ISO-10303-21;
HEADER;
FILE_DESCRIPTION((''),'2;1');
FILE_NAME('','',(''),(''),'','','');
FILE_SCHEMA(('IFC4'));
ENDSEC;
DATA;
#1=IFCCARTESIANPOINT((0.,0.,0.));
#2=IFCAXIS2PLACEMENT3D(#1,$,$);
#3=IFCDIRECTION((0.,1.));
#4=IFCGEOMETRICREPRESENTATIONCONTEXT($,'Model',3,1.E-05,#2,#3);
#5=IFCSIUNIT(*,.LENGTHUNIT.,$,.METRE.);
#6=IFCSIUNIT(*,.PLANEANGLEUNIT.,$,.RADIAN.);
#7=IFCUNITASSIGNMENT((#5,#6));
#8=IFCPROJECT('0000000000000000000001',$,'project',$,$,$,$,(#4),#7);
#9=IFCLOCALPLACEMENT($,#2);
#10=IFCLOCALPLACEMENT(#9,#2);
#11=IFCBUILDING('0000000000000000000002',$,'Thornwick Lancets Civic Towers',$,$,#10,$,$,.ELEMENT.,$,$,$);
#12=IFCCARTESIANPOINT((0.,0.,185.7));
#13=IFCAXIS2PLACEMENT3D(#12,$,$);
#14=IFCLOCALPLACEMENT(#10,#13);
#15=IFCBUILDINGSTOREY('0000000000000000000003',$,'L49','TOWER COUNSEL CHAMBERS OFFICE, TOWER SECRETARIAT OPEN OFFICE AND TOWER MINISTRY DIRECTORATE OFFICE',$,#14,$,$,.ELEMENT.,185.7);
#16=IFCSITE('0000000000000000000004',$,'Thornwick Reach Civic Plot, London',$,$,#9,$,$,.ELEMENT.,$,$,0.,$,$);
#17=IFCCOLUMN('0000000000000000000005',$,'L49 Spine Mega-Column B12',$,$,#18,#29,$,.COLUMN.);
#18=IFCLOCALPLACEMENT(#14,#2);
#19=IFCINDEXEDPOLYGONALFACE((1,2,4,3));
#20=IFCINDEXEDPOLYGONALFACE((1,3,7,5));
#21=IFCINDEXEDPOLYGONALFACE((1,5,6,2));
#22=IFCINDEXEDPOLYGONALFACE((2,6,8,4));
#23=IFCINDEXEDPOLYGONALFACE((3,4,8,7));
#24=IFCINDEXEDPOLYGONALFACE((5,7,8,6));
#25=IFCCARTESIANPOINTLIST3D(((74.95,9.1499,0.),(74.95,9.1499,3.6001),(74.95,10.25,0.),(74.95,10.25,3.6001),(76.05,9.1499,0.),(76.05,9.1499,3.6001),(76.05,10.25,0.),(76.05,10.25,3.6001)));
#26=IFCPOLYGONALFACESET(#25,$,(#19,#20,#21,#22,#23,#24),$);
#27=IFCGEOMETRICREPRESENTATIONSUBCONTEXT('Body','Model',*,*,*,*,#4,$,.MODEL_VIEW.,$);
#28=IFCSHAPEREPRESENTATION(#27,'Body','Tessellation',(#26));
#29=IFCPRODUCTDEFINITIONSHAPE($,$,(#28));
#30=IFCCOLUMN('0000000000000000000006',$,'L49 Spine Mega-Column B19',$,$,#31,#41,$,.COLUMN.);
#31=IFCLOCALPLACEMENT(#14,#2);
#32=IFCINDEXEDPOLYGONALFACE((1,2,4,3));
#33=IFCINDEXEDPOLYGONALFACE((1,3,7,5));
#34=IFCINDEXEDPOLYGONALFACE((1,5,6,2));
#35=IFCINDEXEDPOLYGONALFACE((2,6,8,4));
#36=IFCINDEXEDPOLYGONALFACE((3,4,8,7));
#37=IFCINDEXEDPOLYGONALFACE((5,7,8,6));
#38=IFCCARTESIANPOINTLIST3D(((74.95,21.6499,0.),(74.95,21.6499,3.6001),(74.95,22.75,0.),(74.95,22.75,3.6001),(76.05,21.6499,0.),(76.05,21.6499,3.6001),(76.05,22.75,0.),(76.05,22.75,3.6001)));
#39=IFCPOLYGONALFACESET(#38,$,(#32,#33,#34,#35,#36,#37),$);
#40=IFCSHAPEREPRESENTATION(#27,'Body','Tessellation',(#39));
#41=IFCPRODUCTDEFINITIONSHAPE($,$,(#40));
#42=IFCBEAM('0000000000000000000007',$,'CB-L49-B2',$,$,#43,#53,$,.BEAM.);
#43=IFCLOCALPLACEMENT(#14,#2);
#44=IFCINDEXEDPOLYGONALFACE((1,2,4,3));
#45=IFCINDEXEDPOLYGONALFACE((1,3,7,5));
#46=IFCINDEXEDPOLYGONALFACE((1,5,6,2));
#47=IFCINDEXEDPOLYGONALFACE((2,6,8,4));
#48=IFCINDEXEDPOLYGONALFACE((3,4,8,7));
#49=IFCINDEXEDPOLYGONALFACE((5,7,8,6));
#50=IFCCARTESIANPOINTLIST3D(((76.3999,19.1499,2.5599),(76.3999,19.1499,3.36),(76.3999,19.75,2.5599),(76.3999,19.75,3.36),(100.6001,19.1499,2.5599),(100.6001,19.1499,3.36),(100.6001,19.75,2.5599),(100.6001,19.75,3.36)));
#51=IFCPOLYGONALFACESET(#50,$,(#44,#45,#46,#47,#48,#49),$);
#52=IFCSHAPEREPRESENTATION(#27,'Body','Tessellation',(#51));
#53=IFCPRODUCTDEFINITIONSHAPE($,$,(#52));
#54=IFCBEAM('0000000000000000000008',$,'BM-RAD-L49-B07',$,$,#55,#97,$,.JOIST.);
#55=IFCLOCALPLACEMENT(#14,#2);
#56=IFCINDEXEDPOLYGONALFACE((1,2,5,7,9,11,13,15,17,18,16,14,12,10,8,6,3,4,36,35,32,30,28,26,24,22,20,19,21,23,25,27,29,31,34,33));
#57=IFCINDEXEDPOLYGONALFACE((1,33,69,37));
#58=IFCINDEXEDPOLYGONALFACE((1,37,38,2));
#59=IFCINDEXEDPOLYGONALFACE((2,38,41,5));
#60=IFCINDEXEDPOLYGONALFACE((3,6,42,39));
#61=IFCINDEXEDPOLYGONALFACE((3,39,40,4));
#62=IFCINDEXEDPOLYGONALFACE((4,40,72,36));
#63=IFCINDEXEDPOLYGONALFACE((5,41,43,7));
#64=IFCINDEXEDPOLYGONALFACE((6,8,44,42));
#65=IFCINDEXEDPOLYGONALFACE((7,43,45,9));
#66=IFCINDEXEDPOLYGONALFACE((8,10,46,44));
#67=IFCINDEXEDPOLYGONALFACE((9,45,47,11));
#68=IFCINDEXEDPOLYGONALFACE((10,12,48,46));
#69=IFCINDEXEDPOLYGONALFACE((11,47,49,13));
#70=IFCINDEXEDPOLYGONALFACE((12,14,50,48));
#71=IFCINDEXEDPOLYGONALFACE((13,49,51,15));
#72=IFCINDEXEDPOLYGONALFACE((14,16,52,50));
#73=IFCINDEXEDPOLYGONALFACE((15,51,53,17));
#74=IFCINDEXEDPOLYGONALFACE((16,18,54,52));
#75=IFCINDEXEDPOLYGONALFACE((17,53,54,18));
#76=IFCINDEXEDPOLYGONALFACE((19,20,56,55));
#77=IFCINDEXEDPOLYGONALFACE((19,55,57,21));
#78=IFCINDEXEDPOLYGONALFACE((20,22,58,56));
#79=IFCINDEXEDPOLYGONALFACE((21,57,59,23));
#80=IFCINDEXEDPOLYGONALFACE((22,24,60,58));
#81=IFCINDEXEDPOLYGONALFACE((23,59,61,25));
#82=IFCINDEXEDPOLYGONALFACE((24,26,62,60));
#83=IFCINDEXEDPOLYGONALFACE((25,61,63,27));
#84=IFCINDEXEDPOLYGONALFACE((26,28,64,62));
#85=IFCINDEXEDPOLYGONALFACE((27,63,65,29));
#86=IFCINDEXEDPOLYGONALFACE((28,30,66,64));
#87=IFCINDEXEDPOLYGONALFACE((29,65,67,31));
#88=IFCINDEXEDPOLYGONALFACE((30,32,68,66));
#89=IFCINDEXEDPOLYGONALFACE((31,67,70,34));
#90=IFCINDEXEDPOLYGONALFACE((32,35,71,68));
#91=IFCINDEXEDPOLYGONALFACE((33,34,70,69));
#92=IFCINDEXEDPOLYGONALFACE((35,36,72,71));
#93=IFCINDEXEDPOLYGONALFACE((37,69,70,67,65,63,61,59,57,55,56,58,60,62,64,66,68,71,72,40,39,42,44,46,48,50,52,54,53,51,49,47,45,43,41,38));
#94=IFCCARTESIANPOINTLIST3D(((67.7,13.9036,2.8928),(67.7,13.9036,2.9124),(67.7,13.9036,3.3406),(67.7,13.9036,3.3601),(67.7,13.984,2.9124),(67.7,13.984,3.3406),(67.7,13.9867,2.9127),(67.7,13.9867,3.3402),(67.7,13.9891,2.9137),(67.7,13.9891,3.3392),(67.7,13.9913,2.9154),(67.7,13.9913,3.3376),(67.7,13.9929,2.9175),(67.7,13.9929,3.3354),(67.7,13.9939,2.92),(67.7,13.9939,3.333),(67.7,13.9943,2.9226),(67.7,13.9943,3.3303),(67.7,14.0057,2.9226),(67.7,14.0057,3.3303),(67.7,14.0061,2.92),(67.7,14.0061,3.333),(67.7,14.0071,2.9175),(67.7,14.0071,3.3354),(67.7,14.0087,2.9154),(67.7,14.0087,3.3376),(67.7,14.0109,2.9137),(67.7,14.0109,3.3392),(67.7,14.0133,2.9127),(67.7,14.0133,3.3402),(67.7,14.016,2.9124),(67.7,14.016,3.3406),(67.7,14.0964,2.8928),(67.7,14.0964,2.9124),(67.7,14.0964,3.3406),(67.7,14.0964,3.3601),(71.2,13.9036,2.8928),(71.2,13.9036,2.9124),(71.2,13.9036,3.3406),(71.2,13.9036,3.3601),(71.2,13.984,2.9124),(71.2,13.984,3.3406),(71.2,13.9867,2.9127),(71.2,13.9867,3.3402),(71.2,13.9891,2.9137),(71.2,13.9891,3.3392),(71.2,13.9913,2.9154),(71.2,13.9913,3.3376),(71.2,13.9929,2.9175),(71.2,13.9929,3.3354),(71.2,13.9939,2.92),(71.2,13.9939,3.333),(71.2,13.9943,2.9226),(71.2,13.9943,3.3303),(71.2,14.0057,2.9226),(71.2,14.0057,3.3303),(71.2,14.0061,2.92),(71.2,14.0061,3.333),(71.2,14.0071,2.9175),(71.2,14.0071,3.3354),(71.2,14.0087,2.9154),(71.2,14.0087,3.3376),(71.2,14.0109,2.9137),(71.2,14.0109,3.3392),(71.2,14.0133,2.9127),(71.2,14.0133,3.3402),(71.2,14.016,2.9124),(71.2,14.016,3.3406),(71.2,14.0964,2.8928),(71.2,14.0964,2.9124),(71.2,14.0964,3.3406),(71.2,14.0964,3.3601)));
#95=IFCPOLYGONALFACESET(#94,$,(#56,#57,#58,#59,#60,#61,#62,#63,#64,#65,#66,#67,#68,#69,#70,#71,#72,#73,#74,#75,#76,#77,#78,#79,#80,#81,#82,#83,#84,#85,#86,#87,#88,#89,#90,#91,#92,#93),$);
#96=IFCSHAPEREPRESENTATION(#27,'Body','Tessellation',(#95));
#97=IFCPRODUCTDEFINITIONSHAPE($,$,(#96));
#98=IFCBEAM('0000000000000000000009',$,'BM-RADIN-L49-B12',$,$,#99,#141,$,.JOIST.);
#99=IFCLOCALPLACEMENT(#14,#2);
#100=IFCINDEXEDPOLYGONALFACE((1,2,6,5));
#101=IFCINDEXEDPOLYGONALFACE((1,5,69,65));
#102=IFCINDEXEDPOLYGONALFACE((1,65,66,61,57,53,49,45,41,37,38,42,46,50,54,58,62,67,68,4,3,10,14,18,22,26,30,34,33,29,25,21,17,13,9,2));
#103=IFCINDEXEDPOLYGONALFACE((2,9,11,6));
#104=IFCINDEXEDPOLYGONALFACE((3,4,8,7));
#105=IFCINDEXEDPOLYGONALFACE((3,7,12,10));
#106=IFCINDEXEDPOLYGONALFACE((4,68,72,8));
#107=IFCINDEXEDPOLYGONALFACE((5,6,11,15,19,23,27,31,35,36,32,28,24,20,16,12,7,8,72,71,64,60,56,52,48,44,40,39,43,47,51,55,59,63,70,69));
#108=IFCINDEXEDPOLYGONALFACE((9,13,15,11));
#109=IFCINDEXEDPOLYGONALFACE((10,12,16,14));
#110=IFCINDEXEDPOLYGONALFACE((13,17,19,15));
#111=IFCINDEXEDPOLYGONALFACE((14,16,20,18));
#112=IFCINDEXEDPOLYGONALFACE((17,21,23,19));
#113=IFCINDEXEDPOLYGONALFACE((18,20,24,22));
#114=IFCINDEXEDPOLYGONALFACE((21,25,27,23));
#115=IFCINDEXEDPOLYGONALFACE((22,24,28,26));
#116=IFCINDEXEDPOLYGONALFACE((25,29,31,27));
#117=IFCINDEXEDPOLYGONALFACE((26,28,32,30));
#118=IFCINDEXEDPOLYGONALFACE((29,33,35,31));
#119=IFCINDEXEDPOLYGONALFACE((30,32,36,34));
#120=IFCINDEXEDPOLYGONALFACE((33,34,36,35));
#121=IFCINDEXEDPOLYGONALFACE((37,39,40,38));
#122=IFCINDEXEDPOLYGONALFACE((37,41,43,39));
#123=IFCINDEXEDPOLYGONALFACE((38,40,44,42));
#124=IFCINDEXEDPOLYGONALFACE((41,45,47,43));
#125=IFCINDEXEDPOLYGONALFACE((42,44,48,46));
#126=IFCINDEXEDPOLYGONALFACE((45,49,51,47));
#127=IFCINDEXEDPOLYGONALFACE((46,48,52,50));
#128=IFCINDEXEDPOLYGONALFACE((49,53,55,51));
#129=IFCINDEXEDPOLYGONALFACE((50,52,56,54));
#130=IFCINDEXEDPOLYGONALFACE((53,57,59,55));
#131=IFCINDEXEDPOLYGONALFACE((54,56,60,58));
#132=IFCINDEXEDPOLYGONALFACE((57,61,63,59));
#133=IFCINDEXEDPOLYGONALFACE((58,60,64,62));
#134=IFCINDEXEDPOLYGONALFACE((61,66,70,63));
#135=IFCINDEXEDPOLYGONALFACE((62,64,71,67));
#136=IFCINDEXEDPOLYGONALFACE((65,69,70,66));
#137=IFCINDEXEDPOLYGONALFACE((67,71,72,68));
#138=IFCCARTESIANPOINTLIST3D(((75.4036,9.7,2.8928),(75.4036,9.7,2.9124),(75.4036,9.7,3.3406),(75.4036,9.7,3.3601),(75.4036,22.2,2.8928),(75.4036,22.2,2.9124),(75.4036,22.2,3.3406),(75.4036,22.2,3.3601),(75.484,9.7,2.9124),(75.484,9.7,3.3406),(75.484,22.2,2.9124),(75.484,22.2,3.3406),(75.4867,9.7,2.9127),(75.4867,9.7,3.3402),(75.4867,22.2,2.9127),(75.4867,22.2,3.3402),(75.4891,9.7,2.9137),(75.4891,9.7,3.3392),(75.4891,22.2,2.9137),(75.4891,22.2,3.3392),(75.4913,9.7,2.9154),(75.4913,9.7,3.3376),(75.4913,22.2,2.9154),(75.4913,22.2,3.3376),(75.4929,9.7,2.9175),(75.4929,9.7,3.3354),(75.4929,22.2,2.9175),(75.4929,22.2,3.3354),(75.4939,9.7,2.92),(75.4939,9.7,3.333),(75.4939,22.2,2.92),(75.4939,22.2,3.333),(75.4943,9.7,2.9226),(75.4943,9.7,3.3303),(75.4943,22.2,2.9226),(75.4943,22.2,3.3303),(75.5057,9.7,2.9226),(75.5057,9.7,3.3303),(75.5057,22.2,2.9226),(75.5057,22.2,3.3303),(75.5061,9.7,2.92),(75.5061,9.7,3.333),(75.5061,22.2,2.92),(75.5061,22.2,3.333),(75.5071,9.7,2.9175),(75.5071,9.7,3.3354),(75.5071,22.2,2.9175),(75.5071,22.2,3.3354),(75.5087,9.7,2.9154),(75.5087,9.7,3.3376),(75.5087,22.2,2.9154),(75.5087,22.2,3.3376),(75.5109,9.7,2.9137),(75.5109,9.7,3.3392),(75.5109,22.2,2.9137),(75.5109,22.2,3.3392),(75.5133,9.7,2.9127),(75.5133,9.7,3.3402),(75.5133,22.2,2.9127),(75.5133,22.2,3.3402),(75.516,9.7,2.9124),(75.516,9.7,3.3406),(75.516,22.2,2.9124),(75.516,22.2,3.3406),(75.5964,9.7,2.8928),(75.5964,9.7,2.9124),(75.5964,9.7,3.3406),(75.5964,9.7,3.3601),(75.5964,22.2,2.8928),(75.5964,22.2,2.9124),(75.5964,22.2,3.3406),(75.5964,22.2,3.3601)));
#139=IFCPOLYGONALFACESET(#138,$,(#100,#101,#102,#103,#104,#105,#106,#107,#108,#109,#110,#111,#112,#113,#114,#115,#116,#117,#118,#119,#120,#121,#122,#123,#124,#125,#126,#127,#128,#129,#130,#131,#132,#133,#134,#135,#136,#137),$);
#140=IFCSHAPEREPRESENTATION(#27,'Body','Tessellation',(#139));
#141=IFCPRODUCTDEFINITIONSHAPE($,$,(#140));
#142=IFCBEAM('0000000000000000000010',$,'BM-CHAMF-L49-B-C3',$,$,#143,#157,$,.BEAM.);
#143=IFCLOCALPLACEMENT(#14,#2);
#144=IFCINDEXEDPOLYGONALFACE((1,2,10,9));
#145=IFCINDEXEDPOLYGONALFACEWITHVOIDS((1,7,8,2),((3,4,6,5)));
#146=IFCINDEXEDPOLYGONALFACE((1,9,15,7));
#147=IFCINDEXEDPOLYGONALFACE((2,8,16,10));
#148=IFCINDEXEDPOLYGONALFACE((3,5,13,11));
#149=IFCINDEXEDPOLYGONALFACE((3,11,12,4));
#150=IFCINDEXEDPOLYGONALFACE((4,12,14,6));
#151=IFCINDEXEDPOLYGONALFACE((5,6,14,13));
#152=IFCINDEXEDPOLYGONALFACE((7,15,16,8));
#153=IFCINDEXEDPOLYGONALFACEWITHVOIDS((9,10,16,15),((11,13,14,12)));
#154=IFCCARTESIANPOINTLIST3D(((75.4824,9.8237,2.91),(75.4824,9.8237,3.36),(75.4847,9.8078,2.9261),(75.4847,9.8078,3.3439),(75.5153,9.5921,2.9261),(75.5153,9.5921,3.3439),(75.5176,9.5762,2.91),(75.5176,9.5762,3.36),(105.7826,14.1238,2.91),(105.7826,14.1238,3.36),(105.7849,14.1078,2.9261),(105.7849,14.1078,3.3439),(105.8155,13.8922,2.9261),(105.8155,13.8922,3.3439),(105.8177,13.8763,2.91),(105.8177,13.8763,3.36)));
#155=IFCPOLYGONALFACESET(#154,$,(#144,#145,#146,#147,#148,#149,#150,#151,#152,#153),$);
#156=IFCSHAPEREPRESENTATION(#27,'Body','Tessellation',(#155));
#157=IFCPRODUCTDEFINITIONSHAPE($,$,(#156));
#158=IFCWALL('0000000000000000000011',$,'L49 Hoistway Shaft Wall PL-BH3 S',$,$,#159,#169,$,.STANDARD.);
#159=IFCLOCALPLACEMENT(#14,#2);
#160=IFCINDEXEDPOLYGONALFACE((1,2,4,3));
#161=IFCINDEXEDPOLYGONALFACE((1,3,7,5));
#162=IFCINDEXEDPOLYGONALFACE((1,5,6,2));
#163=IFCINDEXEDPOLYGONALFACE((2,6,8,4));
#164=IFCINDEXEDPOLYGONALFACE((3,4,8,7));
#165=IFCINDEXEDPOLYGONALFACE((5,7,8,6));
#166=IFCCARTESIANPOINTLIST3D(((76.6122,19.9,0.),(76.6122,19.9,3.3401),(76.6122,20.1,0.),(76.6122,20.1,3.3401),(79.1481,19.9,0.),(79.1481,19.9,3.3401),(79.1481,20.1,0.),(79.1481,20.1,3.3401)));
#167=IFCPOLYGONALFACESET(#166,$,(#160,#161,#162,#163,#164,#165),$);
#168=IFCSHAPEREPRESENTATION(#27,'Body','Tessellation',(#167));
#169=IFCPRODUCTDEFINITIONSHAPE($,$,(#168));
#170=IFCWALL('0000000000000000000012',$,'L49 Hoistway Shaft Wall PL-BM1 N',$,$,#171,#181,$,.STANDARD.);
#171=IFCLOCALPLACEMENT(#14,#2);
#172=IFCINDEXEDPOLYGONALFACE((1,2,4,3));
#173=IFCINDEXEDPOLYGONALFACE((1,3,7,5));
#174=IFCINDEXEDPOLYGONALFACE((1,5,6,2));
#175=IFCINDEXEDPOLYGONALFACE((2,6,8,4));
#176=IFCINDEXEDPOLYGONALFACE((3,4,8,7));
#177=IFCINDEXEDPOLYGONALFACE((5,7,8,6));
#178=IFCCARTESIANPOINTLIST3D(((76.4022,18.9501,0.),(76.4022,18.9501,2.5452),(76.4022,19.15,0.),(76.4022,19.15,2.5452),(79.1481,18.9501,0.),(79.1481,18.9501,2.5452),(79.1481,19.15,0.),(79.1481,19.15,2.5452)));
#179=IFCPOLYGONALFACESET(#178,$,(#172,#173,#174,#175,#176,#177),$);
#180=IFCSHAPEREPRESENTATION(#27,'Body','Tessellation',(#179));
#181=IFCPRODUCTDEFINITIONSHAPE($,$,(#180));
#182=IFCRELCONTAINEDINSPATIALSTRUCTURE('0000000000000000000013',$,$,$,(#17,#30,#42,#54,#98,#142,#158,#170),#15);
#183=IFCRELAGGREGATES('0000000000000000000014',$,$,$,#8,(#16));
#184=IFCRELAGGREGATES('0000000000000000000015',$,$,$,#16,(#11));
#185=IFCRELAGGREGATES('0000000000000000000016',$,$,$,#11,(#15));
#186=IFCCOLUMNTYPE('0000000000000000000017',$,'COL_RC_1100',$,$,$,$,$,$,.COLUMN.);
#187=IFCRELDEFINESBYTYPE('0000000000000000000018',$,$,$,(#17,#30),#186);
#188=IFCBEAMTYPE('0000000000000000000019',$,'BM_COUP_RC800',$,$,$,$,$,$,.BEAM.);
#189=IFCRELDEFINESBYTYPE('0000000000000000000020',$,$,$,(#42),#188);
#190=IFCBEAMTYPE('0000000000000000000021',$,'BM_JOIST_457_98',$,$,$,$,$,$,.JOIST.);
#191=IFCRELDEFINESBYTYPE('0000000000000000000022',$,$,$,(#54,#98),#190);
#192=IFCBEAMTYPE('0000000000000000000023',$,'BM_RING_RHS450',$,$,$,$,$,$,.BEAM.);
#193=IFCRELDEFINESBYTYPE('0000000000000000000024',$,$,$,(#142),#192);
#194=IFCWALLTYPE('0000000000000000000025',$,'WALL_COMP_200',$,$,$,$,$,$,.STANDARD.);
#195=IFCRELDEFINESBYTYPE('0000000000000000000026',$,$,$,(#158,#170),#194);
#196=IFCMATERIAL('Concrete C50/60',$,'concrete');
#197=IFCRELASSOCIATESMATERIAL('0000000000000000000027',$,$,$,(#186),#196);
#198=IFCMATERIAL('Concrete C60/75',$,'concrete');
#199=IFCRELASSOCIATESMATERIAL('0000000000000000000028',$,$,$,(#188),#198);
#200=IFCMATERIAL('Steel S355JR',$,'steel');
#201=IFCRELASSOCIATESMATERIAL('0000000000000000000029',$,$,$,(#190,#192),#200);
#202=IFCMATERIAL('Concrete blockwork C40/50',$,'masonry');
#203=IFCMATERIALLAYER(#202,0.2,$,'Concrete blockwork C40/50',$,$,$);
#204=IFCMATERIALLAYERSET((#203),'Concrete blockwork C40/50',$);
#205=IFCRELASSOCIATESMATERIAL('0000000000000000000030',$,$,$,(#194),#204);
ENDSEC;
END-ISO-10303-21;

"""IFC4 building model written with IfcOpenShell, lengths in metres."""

from ifc_helpers import new_model, si_unit, direction, frame, frame_2d, origin, origin_2d, place, context, subcontext, project, spatial, rectangle, hollow_rectangle, i_section, extrude, material, layer, layer_set, material_profile, profile_set, type_object, element, save


model = new_model("IFC4")

# Units and contexts
model_context = context("Model", 3, precision=1e-05, world=origin(), true_north=direction((0.0, 1.0)))
body_context = subcontext(model_context, "Body", "Model", "MODEL_VIEW")
ifc_project = project(units=[si_unit("LENGTHUNIT", "METRE"), si_unit("PLANEANGLEUNIT", "RADIAN")], contexts=[model_context])

# Site, building, storey
site_placement = place(None, origin())
site = spatial("IfcSite", under=ifc_project, at=site_placement, Name="Thornwick Reach Civic Plot, London", CompositionType="ELEMENT", RefElevation=0.0)
building_placement = place(site_placement, origin())
building = spatial("IfcBuilding", under=site, at=building_placement, Name="Thornwick Lancets Civic Towers", CompositionType="ELEMENT")
storey_placement = place(building_placement, frame((0.0, 0.0, 185.7)))
storey = spatial("IfcBuildingStorey", under=building, at=storey_placement, Name="L49", Description="TOWER COUNSEL CHAMBERS OFFICE, TOWER SECRETARIAT OPEN OFFICE AND TOWER MINISTRY DIRECTORATE OFFICE", CompositionType="ELEMENT", Elevation=185.7)

# Columns
ifc_material_1 = material(Name="Concrete C50/60", Category="concrete")
ifc_material_profile_1 = material_profile(ifc_material_1, rectangle(XDim=1.1001, YDim=1.1001, at=origin_2d()), Name="RC 1100x1100")
ifc_profile_set_1 = profile_set([ifc_material_profile_1], Name="Concrete C50/60")
column_type = type_object("IfcColumnType", Name="COL_RC_1100", PredefinedType="COLUMN", material=ifc_profile_set_1)
for number, where, z_axis, x_axis, name in (
    (1, (75.5, 9.7, 0.0), (0.0, 0.0, 1.0), (1.0, 0.0, 0.0), "L49 Spine Mega-Column B12"),
    (2, (75.5, 22.2, 0.0), (0.0, 0.0, 1.0), (1.0, 0.0, 0.0), "L49 Spine Mega-Column B19"),
):
    element("IfcColumn", number, at=place(storey_placement, frame(where, z_axis=z_axis, x_axis=x_axis)), inside=storey, type_object=column_type, Name=name, PredefinedType="COLUMN", context=body_context, shape_type="SweptSolid", body=[
        extrude(rectangle(XDim=1.1001, YDim=1.1001, at=origin_2d()), origin(), (0.0, 0.0, 1.0), 3.6001),
    ])

# Beams
ifc_material_2 = material(Name="Concrete C60/75", Category="concrete")
ifc_material_profile_2 = material_profile(ifc_material_2, rectangle(XDim=0.6001, YDim=0.8, at=origin_2d()), Name="RC 600x800")
ifc_profile_set_2 = profile_set([ifc_material_profile_2], Name="Concrete C60/75")
beam_type_1 = type_object("IfcBeamType", Name="BM_COUP_RC800", PredefinedType="BEAM", material=ifc_profile_set_2)
beam_1_placement = place(storey_placement, frame((76.3999, 19.45, 2.96), z_axis=(1.0, 0.0, 0.0), x_axis=(0.0, 1.0, 0.0)))
element("IfcBeam", 3, at=beam_1_placement, inside=storey, type_object=beam_type_1, Name="CB-L49-B2", PredefinedType="BEAM", context=body_context, shape_type="SweptSolid", body=[
    extrude(rectangle(XDim=0.6001, YDim=0.8, at=origin_2d()), origin(), (0.0, 0.0, 1.0), 24.2002),
])
ifc_material_3 = material(Name="Steel S355JR", Category="steel")
ifc_material_profile_3 = material_profile(ifc_material_3, i_section(OverallWidth=0.1929, OverallDepth=0.4673, WebThickness=0.0115, FlangeThickness=0.0195, FilletRadius=0.0103, at=origin_2d()), Name="UKB 457x191x98")
ifc_profile_set_3 = profile_set([ifc_material_profile_3], Name="Steel S355JR")
beam_type_2 = type_object("IfcBeamType", Name="BM_JOIST_457_98", PredefinedType="JOIST", material=ifc_profile_set_3)
beam_2_placement = place(storey_placement, frame((71.2, 14.0, 3.1265), z_axis=(-1.0, 0.0, 0.0), x_axis=(0.0, -1.0, 0.0)))
element("IfcBeam", 4, at=beam_2_placement, inside=storey, type_object=beam_type_2, Name="BM-RAD-L49-B07", PredefinedType="JOIST", context=body_context, shape_type="SweptSolid", body=[
    extrude(i_section(OverallWidth=0.1929, OverallDepth=0.4673, WebThickness=0.0115, FlangeThickness=0.0195, FilletRadius=0.0103, at=origin_2d()), origin(), (0.0, 0.0, 1.0), 3.5),
])
beam_3_placement = place(storey_placement, frame((75.5, 22.2, 3.1265), z_axis=(0.0, -1.0, 0.0), x_axis=(1.0, 0.0, 0.0)))
element("IfcBeam", 5, at=beam_3_placement, inside=storey, type_object=beam_type_2, Name="BM-RADIN-L49-B12", PredefinedType="JOIST", context=body_context, shape_type="SweptSolid", body=[
    extrude(i_section(OverallWidth=0.1929, OverallDepth=0.4673, WebThickness=0.0115, FlangeThickness=0.0195, FilletRadius=0.0103, at=origin_2d()), origin(), (0.0, 0.0, 1.0), 12.5),
])
ifc_material_profile_4 = material_profile(ifc_material_3, hollow_rectangle(XDim=0.25, YDim=0.45, WallThickness=0.0161, at=origin_2d()), Name="RHS 450x250x16")
ifc_profile_set_4 = profile_set([ifc_material_profile_4], Name="Steel S355JR")
beam_type_3 = type_object("IfcBeamType", Name="BM_RING_RHS450", PredefinedType="BEAM", material=ifc_profile_set_4)
beam_4_placement = place(storey_placement, frame((75.5, 9.7, 3.135), z_axis=(0.99008, 0.140508, 0.0), x_axis=(-0.140508, 0.99008, 0.0)))
element("IfcBeam", 6, at=beam_4_placement, inside=storey, type_object=beam_type_3, Name="BM-CHAMF-L49-B-C3", PredefinedType="BEAM", context=body_context, shape_type="SweptSolid", body=[
    extrude(hollow_rectangle(XDim=0.25, YDim=0.45, WallThickness=0.0161, at=origin_2d()), origin(), (0.0, 0.0, 1.0), 30.6038),
])

# Walls
ifc_material_4 = material(Name="Concrete blockwork C40/50", Category="masonry")
ifc_layer_1 = layer(ifc_material_4, 0.2, Name="Concrete blockwork C40/50")
ifc_layer_set_1 = layer_set([ifc_layer_1], Name="Concrete blockwork C40/50")
wall_type_1 = type_object("IfcWallType", Name="WALL_COMP_200", PredefinedType="STANDARD", material=ifc_layer_set_1)
wall_1_placement = place(storey_placement, frame((76.6121, 20.0, 0.0), z_axis=(0.0, 0.0, 1.0), x_axis=(1.0, 0.0, 0.0)))
element("IfcWall", 7, at=wall_1_placement, inside=storey, type_object=wall_type_1, Name="L49 Hoistway Shaft Wall PL-BH3 S", PredefinedType="STANDARD", context=body_context, shape_type="SweptSolid", body=[
    extrude(rectangle(XDim=2.5359, YDim=0.2, at=frame_2d((1.2681, 0.0))), origin(), (0.0, 0.0, 1.0), 3.3401),
])
wall_2_placement = place(storey_placement, frame((76.4021, 19.05, 0.0), z_axis=(0.0, 0.0, 1.0), x_axis=(1.0, 0.0, 0.0)))
element("IfcWall", 8, at=wall_2_placement, inside=storey, type_object=wall_type_1, Name="L49 Hoistway Shaft Wall PL-BM1 N", PredefinedType="STANDARD", context=body_context, shape_type="SweptSolid", body=[
    extrude(rectangle(XDim=2.7458, YDim=0.2, at=frame_2d((1.373, 0.0))), origin(), (0.0, 0.0, 1.0), 2.5452),
])

save(model, "model.ifc")
